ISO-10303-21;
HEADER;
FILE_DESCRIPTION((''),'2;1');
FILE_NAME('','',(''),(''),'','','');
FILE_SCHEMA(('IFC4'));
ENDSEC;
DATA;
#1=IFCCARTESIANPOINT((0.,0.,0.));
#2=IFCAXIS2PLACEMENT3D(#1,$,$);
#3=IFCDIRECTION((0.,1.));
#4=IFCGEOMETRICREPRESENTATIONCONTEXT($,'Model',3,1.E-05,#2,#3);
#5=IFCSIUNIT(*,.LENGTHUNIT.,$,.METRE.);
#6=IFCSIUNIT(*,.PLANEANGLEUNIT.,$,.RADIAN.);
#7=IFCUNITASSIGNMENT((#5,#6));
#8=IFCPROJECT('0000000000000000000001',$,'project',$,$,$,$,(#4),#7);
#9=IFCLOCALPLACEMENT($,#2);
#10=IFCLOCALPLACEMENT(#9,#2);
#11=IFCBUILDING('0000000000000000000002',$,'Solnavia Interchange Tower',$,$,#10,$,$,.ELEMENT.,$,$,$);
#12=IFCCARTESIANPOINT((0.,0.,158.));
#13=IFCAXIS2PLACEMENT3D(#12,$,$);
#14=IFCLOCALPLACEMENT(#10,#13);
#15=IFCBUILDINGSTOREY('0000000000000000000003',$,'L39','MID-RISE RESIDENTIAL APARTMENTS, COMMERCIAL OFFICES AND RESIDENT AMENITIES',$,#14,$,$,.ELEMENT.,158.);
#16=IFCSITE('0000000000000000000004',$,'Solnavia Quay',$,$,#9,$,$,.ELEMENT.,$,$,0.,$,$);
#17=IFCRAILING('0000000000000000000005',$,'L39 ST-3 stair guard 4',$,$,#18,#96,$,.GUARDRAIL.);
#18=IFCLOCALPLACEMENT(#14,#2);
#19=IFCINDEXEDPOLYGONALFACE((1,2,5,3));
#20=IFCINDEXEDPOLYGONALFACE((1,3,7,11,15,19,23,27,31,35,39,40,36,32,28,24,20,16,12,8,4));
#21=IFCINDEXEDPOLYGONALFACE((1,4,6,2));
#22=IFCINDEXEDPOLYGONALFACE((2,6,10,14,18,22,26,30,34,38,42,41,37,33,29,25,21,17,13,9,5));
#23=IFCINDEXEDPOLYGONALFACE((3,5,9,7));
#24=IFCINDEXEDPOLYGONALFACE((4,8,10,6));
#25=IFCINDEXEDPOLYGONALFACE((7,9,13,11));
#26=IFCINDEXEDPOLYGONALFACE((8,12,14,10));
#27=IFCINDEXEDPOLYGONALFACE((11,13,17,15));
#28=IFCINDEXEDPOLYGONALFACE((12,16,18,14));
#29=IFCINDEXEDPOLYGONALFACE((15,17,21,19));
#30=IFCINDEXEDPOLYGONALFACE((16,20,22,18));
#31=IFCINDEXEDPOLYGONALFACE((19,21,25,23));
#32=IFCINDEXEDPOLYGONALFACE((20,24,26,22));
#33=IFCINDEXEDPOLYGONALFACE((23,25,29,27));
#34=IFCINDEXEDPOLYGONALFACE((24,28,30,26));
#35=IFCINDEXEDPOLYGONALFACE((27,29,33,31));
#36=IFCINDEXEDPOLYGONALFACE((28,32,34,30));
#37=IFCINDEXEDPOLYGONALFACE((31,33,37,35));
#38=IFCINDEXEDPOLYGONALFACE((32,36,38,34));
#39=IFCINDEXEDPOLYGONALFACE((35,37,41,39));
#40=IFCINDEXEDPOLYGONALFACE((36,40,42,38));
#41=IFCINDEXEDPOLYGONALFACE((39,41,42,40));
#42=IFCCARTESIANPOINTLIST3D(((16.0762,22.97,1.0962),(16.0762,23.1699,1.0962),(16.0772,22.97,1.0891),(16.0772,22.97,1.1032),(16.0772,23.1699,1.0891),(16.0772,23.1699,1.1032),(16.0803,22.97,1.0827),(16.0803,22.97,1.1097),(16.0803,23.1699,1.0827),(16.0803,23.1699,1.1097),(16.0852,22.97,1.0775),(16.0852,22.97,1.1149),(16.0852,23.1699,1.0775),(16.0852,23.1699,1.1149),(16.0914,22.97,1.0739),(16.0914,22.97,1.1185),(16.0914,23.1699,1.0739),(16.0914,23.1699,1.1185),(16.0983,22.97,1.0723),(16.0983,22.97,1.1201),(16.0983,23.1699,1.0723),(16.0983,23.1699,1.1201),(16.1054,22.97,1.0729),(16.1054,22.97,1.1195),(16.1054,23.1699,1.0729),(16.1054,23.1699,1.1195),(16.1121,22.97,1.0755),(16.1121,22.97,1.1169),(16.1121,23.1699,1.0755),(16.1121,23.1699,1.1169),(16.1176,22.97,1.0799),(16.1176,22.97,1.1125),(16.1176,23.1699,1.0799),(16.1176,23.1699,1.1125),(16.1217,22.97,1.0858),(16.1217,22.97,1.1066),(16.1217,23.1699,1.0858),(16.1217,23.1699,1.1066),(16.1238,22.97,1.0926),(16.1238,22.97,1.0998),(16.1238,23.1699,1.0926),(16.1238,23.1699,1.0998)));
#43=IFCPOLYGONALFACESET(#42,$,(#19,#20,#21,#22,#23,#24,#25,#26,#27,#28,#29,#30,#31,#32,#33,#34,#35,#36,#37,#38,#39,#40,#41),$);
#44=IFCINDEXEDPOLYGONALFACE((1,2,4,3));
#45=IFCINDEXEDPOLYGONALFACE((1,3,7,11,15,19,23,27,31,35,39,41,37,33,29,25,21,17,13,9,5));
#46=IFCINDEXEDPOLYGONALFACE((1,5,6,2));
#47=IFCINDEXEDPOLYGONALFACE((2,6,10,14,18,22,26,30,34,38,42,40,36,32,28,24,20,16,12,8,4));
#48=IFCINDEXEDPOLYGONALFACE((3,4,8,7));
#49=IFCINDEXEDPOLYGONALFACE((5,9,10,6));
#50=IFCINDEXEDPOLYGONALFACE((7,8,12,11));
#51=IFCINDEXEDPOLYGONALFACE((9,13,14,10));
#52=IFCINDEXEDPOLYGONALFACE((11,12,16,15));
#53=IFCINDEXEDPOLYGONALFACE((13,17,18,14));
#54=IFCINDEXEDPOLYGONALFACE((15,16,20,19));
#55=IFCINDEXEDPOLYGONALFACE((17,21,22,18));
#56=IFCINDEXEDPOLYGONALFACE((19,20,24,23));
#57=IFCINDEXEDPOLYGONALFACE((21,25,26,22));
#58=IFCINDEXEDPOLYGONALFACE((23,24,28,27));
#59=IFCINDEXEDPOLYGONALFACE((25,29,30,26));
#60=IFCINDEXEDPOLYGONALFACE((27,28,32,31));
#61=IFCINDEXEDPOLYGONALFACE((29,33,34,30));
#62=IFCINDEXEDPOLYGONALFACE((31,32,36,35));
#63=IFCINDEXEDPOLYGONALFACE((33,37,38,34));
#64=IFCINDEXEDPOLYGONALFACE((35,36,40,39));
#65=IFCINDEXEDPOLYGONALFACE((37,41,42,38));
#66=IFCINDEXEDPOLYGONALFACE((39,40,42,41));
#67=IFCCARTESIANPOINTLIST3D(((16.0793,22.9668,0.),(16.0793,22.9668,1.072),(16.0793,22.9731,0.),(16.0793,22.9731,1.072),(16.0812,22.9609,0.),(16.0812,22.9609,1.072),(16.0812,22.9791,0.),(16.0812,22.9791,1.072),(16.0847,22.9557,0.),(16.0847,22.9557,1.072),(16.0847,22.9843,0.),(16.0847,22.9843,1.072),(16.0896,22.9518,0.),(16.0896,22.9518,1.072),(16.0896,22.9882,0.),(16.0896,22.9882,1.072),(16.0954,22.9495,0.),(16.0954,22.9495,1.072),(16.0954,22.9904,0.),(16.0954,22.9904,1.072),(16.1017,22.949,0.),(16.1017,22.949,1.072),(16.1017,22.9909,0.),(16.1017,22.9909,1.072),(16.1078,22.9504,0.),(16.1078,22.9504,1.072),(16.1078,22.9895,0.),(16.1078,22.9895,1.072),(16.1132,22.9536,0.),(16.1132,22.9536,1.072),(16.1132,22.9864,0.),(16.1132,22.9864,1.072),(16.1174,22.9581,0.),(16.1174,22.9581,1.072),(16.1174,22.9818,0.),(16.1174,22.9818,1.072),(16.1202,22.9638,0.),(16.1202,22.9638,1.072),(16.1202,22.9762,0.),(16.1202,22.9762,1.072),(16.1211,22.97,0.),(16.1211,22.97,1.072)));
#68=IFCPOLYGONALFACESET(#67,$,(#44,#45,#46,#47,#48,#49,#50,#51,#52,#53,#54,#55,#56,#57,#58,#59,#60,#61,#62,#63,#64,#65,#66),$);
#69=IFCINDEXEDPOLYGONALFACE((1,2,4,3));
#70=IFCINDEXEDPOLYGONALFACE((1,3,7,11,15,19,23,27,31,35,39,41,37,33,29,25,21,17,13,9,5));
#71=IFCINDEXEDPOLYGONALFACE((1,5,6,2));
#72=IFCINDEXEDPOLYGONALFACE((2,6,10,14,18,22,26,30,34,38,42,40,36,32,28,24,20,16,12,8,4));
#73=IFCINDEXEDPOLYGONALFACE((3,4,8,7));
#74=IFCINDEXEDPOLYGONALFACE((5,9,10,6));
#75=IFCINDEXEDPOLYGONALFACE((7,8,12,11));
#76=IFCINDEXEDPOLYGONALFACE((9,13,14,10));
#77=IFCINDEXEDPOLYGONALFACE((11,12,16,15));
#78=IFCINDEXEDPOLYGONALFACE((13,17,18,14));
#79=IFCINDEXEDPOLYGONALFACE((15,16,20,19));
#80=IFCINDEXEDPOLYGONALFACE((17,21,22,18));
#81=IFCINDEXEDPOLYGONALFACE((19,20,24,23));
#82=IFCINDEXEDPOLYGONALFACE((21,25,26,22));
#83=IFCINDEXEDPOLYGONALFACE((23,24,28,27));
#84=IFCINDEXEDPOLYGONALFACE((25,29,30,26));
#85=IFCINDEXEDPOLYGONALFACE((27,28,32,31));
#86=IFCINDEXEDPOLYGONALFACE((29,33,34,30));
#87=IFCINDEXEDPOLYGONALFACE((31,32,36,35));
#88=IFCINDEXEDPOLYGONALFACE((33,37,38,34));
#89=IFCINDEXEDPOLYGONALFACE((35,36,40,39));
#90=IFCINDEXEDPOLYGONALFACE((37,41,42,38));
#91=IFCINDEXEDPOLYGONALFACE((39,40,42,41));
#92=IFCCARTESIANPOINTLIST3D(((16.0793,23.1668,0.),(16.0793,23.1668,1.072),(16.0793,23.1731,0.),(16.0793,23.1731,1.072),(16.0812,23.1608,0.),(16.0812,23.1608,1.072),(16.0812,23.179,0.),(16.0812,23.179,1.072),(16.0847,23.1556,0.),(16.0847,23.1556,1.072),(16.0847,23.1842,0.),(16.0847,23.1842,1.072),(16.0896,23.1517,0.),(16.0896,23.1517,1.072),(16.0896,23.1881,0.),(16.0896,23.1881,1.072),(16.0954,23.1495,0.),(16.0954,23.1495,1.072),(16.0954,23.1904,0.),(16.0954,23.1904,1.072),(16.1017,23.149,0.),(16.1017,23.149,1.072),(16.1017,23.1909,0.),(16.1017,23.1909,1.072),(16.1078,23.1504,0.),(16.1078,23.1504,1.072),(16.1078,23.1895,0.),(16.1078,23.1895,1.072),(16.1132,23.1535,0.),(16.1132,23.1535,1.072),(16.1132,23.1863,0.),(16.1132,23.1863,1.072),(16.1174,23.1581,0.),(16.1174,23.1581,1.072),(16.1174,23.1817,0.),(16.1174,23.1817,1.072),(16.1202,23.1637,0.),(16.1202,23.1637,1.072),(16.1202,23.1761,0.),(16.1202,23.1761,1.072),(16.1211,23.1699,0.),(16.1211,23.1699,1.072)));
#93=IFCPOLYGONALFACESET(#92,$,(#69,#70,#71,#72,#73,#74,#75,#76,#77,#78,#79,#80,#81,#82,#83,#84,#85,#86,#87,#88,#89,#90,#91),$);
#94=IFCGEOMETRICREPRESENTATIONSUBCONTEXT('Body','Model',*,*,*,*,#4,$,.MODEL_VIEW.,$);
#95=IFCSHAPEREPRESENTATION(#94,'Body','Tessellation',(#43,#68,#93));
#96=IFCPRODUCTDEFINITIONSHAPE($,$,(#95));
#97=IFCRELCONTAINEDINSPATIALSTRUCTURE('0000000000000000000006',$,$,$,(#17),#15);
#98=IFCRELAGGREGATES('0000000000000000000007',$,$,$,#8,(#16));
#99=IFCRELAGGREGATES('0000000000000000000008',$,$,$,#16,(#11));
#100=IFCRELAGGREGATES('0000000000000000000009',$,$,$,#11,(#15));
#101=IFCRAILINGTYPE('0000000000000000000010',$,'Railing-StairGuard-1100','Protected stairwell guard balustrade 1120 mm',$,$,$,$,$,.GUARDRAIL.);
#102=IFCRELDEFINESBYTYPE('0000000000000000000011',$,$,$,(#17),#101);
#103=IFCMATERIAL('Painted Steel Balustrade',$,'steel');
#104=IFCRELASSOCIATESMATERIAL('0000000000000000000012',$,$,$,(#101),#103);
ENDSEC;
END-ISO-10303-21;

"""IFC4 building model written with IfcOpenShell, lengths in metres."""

from ifc_helpers import new_model, si_unit, direction, frame, origin, origin_2d, place, context, subcontext, project, spatial, circle, extrude, material, type_object, element, save


model = new_model("IFC4")

# Units and contexts
model_context = context("Model", 3, precision=1e-05, world=origin(), true_north=direction((0.0, 1.0)))
body_context = subcontext(model_context, "Body", "Model", "MODEL_VIEW")
ifc_project = project(units=[si_unit("LENGTHUNIT", "METRE"), si_unit("PLANEANGLEUNIT", "RADIAN")], contexts=[model_context])

# Site, building, storey
site_placement = place(None, origin())
site = spatial("IfcSite", under=ifc_project, at=site_placement, Name="Solnavia Quay", CompositionType="ELEMENT", RefElevation=0.0)
building_placement = place(site_placement, origin())
building = spatial("IfcBuilding", under=site, at=building_placement, Name="Solnavia Interchange Tower", CompositionType="ELEMENT")
storey_placement = place(building_placement, frame((0.0, 0.0, 158.0)))
storey = spatial("IfcBuildingStorey", under=building, at=storey_placement, Name="L39", Description="MID-RISE RESIDENTIAL APARTMENTS, COMMERCIAL OFFICES AND RESIDENT AMENITIES", CompositionType="ELEMENT", Elevation=158.0)

# Railing
ifc_material_1 = material(Name="Painted Steel Balustrade", Category="steel")
railing_type_1 = type_object("IfcRailingType", Name="Railing-StairGuard-1100", Description="Protected stairwell guard balustrade 1120 mm", PredefinedType="GUARDRAIL", material=ifc_material_1)
railing_1_placement = place(storey_placement, frame((16.1001, 22.97, 0.0)))
element("IfcRailing", 1, at=railing_1_placement, inside=storey, type_object=railing_type_1, Name="L39 ST-3 stair guard 4", PredefinedType="GUARDRAIL", context=body_context, shape_type="SweptSolid", body=[
    extrude(circle(Radius=0.0239, at=origin_2d()), frame((0.0, 0.0, 1.0962), z_axis=(0.0, 1.0, 0.0), x_axis=(-1.0, 0.0, 0.0)), (0.0, 0.0, 1.0), 0.2),
    extrude(circle(Radius=0.021, at=origin_2d()), origin(), (0.0, 0.0, 1.0), 1.072),
    extrude(circle(Radius=0.021, at=origin_2d()), frame((0.0, 0.2, 0.0)), (0.0, 0.0, 1.0), 1.072),
])

save(model, "model.ifc")
